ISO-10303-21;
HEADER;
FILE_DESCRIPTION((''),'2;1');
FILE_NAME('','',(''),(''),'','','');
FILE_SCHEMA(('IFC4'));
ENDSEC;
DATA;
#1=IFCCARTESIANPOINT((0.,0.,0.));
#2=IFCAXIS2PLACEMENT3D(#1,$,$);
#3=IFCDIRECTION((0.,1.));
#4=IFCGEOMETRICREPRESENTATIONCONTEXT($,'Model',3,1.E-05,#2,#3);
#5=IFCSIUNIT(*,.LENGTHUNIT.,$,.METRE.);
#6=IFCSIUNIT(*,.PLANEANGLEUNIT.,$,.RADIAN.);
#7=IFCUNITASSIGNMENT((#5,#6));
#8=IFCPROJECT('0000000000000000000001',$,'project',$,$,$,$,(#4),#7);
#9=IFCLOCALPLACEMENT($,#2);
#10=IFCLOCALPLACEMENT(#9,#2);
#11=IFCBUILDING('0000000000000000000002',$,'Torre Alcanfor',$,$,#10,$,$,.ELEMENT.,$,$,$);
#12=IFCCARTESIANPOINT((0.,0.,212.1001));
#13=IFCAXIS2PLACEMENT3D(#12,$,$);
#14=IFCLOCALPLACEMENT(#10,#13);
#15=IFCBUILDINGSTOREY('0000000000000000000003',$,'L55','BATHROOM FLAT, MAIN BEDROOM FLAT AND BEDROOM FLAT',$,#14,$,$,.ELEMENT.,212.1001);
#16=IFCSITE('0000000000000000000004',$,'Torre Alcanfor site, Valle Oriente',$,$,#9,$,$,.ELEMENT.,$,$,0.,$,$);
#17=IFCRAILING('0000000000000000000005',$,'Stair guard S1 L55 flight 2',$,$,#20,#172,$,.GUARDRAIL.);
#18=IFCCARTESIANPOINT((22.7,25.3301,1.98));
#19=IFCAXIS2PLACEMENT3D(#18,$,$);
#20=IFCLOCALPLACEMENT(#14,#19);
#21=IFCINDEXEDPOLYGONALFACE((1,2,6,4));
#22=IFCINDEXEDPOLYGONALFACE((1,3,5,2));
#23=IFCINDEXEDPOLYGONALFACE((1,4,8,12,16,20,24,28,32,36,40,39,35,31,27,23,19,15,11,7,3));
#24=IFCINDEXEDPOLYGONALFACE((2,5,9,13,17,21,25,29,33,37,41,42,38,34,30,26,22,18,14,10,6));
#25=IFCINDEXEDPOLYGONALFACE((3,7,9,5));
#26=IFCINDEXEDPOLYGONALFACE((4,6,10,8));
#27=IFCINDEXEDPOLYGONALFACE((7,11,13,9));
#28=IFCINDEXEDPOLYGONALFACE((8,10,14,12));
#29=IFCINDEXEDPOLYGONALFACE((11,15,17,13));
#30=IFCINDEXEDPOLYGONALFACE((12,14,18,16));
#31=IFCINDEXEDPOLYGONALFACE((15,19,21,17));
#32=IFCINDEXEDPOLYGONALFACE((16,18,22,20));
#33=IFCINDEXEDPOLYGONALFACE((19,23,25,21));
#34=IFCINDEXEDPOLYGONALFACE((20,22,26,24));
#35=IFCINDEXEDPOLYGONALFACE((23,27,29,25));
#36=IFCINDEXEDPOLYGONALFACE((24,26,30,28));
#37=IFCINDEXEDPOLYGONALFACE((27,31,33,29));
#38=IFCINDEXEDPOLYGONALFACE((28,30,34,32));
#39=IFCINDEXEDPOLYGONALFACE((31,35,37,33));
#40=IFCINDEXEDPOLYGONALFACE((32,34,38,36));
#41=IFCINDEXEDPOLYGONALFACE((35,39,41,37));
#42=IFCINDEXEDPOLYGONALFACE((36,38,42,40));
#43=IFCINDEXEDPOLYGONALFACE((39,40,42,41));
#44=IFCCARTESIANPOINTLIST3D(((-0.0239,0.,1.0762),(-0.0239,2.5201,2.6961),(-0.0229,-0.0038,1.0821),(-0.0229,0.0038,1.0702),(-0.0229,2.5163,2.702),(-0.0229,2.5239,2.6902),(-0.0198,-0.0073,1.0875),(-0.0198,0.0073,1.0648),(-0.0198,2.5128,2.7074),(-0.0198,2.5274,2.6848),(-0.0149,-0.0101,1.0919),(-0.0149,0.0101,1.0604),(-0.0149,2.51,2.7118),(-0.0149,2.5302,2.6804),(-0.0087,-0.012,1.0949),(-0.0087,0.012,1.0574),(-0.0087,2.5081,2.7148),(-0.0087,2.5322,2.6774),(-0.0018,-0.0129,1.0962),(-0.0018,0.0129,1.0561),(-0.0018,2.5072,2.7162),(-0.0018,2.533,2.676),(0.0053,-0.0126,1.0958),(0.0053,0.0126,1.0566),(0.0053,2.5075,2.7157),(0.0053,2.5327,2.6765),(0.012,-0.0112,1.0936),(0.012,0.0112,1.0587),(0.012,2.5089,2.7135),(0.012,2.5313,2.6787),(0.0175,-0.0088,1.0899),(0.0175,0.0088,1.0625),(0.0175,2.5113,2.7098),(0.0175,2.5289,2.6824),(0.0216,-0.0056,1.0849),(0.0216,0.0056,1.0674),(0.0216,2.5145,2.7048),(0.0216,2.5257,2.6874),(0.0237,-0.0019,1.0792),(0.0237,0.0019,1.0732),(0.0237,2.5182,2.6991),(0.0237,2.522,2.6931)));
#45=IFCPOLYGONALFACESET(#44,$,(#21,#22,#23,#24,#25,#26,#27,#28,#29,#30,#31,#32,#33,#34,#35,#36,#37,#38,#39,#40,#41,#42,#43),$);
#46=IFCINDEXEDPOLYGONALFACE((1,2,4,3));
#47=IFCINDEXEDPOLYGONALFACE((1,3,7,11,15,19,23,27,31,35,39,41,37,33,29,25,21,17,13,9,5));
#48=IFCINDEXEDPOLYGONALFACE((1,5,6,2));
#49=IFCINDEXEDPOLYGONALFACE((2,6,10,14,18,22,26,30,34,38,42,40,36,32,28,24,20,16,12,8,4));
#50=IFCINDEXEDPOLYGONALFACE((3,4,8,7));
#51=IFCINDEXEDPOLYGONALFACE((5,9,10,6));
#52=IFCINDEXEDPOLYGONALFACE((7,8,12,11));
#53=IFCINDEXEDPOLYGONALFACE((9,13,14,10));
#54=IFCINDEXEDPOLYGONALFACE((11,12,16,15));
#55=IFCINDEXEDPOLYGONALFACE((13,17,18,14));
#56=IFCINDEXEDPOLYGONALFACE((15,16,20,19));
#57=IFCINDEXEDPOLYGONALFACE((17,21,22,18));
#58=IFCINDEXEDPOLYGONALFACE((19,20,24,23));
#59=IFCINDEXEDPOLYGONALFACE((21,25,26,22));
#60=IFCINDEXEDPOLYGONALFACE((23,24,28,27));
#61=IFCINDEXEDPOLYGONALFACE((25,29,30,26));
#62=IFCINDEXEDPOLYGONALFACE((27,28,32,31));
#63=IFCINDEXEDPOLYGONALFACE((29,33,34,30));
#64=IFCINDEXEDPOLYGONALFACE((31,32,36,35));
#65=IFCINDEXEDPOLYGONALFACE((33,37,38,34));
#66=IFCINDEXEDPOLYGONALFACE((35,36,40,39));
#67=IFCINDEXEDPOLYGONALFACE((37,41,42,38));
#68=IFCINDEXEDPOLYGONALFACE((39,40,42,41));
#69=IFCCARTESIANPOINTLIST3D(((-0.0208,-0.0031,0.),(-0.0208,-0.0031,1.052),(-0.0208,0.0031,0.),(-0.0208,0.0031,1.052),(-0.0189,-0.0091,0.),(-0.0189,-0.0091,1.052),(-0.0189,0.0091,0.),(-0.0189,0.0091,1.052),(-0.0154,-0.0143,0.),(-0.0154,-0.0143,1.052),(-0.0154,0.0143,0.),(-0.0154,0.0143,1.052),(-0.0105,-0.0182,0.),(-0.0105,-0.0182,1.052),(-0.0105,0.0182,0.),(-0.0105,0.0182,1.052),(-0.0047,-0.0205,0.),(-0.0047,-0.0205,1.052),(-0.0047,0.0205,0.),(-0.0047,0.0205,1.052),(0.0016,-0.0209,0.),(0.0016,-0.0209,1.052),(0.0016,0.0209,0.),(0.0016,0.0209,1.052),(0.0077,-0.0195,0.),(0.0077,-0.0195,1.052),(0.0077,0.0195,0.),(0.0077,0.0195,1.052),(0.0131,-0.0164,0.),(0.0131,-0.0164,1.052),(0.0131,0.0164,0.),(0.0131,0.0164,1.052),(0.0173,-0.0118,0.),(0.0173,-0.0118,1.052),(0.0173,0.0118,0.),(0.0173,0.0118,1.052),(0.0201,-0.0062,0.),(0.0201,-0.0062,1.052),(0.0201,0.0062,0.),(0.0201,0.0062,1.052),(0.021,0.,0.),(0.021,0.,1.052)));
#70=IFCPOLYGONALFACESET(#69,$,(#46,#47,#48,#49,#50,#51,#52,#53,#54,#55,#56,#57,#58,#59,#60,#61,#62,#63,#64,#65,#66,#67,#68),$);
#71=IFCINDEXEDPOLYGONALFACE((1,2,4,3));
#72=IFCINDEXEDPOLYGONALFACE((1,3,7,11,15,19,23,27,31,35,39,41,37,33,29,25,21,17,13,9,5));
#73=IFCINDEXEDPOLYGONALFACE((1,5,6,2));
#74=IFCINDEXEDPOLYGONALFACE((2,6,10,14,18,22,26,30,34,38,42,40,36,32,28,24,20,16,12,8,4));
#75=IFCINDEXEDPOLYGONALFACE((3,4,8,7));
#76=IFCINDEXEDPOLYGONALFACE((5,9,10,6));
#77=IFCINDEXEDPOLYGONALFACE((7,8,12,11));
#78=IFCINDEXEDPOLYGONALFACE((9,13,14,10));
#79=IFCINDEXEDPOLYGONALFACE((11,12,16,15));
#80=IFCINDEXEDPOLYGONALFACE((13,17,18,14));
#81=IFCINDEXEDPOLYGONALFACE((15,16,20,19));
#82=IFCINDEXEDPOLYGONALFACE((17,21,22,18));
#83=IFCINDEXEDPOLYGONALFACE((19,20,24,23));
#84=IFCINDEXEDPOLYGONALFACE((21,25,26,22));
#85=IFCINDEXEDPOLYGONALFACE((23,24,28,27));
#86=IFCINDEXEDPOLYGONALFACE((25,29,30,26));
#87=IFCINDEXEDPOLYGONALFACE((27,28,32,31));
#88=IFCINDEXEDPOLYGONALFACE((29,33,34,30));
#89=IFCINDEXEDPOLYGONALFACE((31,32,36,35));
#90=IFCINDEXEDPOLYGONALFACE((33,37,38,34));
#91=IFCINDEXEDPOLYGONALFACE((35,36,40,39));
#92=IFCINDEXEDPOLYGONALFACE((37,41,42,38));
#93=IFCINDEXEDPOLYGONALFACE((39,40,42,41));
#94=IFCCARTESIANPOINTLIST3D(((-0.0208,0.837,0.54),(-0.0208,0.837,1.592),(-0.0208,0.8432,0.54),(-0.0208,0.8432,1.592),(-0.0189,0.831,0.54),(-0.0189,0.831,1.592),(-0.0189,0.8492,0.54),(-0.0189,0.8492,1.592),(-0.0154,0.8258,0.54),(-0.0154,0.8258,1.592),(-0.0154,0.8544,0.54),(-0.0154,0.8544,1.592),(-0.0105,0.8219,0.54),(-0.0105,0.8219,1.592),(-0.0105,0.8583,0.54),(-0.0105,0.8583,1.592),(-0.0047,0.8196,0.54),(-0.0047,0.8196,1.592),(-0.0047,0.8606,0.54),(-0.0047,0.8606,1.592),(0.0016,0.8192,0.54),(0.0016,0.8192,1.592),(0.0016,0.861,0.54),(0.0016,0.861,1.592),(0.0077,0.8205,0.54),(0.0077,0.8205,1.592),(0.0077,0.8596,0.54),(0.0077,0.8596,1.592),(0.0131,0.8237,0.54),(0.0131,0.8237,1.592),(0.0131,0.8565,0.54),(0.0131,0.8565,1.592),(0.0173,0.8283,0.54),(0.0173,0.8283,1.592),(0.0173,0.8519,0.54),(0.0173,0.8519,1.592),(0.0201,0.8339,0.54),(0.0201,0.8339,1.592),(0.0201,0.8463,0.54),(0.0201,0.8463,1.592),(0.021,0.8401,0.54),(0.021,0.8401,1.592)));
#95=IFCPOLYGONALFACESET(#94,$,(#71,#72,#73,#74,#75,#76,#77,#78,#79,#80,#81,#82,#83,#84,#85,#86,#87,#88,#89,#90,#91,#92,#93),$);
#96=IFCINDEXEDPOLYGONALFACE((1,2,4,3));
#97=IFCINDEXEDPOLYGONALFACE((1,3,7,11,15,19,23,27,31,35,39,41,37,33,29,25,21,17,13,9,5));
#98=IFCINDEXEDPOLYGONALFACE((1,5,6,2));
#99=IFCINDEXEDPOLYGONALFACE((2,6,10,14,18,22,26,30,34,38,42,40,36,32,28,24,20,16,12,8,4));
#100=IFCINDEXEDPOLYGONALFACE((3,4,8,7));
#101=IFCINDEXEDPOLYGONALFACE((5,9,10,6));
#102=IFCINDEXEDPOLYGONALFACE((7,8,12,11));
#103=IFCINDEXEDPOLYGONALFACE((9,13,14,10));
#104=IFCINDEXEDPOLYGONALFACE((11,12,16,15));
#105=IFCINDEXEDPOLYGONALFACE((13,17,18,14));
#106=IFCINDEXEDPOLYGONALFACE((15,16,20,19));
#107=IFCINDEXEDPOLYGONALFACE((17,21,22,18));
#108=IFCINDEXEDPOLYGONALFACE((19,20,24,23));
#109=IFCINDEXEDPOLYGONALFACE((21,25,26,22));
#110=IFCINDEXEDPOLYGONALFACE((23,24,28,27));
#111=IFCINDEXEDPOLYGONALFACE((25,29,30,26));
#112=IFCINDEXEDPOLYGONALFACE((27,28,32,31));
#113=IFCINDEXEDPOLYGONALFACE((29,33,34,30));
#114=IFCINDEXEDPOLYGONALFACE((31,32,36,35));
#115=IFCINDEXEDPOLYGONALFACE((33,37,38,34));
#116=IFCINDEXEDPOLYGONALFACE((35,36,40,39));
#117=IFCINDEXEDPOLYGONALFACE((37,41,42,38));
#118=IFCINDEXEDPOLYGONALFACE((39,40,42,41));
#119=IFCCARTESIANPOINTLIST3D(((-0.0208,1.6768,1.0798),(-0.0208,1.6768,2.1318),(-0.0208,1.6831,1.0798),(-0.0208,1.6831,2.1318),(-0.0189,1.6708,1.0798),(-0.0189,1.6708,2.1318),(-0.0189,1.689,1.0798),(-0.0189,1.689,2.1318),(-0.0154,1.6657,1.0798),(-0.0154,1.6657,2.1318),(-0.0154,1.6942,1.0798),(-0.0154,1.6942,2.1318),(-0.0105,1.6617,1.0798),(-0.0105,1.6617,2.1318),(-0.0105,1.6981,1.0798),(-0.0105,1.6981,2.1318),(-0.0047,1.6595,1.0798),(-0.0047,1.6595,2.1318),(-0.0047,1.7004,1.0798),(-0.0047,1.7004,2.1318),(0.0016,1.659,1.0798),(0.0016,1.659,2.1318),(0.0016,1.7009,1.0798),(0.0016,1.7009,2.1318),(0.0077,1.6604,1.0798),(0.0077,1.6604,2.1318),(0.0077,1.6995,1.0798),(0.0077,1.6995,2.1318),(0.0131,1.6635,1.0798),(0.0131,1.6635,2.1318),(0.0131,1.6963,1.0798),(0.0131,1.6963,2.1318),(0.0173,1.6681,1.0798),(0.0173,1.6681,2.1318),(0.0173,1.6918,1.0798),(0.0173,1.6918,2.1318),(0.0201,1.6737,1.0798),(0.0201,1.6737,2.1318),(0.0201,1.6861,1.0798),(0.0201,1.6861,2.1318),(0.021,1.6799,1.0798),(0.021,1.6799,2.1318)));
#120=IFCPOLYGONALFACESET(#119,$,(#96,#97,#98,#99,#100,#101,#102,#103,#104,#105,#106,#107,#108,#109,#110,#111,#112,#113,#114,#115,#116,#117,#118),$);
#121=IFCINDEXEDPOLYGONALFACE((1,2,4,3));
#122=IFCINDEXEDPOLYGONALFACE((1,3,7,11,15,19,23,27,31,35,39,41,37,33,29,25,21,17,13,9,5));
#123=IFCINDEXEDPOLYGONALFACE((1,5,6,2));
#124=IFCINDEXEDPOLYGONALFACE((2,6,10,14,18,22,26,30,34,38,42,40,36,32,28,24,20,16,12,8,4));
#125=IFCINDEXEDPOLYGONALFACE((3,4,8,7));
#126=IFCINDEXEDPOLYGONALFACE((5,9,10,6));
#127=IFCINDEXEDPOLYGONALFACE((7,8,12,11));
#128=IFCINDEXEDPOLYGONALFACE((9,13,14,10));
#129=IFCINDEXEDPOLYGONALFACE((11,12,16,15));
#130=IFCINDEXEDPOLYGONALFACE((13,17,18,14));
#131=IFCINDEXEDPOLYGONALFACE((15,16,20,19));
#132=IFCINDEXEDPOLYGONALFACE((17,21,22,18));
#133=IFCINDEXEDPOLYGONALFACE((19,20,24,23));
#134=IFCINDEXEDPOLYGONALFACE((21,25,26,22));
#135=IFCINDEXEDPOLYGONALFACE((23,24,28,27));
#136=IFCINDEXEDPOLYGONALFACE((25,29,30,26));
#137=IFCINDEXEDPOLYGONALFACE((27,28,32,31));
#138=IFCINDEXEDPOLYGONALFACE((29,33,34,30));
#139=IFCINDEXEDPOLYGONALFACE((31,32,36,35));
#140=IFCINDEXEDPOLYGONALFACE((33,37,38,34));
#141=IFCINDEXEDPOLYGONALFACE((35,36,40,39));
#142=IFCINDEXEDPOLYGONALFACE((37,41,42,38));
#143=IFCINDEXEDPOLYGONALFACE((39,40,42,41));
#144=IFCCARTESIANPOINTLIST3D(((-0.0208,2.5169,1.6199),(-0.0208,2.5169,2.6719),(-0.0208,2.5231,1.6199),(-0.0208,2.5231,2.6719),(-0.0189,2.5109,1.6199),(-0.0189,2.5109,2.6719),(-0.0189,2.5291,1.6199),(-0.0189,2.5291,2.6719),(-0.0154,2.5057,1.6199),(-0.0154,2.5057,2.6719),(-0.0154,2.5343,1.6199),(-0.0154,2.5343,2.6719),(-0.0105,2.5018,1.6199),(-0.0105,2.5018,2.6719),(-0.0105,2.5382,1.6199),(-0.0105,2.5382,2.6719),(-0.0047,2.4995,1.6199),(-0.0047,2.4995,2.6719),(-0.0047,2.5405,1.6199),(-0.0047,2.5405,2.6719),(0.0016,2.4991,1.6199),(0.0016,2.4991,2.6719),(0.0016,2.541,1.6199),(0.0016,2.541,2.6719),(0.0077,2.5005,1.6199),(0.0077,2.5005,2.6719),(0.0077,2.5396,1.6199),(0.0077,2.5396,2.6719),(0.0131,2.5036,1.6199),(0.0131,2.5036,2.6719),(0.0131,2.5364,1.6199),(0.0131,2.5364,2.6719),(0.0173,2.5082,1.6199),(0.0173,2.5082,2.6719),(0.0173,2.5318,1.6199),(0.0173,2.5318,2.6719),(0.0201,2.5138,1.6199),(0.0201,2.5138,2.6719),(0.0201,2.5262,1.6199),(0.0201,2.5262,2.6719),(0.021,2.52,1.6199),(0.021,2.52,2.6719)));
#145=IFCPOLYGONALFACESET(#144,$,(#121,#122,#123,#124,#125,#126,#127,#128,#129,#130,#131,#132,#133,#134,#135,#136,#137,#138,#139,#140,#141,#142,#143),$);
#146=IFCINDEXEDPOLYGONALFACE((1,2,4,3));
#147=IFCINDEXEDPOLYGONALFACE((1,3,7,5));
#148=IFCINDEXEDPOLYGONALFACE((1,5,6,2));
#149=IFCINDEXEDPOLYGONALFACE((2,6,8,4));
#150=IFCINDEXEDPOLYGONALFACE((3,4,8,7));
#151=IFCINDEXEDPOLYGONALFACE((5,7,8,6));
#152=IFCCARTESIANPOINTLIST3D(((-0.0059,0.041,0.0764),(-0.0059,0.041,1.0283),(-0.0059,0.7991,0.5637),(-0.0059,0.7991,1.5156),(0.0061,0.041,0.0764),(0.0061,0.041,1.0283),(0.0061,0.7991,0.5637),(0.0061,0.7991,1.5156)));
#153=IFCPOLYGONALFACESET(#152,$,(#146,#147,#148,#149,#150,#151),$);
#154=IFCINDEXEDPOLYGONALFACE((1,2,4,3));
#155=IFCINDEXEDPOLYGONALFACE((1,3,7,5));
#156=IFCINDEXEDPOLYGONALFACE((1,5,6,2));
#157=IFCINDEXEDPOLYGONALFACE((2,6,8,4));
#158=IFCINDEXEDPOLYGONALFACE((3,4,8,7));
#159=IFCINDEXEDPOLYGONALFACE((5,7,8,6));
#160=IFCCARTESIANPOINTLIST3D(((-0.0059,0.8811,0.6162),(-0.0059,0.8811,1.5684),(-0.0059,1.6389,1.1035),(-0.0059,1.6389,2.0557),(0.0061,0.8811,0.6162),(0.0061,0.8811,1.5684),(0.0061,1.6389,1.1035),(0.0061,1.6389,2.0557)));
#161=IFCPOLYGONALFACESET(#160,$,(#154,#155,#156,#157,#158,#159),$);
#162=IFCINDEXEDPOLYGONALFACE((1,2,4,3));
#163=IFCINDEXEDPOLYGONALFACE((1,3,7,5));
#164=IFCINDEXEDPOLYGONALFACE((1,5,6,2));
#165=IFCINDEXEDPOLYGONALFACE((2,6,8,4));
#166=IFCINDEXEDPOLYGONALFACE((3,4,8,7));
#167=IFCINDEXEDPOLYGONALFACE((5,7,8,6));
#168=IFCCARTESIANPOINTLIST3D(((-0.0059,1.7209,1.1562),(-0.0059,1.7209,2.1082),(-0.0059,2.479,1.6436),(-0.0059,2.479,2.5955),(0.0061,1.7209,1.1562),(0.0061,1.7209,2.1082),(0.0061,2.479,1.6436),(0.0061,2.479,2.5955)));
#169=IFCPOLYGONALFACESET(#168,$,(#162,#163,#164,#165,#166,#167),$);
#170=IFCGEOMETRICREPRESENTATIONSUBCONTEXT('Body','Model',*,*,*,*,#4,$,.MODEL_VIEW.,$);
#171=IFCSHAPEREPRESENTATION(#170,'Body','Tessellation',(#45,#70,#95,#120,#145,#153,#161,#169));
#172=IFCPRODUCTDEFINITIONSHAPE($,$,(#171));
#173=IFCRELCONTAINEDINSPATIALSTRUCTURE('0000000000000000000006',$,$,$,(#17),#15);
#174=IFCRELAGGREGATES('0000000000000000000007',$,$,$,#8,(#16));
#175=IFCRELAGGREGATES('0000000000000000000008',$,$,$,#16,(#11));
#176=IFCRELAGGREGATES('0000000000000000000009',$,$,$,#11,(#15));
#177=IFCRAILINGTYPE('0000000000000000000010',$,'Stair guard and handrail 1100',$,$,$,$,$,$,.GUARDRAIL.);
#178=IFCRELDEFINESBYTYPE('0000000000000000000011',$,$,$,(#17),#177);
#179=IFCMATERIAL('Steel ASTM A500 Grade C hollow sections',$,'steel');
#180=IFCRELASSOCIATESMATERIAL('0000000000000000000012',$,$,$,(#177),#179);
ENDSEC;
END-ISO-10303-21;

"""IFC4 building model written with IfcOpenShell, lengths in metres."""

from ifc_helpers import new_model, si_unit, direction, frame, origin, origin_2d, place, context, subcontext, project, spatial, polyline, circle, outline, extrude, material, type_object, element, save


model = new_model("IFC4")

# Units and contexts
model_context = context("Model", 3, precision=1e-05, world=origin(), true_north=direction((0.0, 1.0)))
body_context = subcontext(model_context, "Body", "Model", "MODEL_VIEW")
ifc_project = project(units=[si_unit("LENGTHUNIT", "METRE"), si_unit("PLANEANGLEUNIT", "RADIAN")], contexts=[model_context])

# Site, building, storey
site_placement = place(None, origin())
site = spatial("IfcSite", under=ifc_project, at=site_placement, Name="Torre Alcanfor site, Valle Oriente", CompositionType="ELEMENT", RefElevation=0.0)
building_placement = place(site_placement, origin())
building = spatial("IfcBuilding", under=site, at=building_placement, Name="Torre Alcanfor", CompositionType="ELEMENT")
storey_placement = place(building_placement, frame((0.0, 0.0, 212.1001)))
storey = spatial("IfcBuildingStorey", under=building, at=storey_placement, Name="L55", Description="BATHROOM FLAT, MAIN BEDROOM FLAT AND BEDROOM FLAT", CompositionType="ELEMENT", Elevation=212.1001)

# Railing
ifc_material_1 = material(Name="Steel ASTM A500 Grade C hollow sections", Category="steel")
railing_type_1 = type_object("IfcRailingType", Name="Stair guard and handrail 1100", PredefinedType="GUARDRAIL", material=ifc_material_1)
railing_1_placement = place(storey_placement, frame((22.7, 25.3301, 1.98)))
element("IfcRailing", 1, at=railing_1_placement, inside=storey, type_object=railing_type_1, Name="Stair guard S1 L55 flight 2", PredefinedType="GUARDRAIL", context=body_context, shape_type="SweptSolid", body=[
    extrude(circle(Radius=0.0239, at=origin_2d()), frame((0.0, 0.0, 1.0762), z_axis=(0.0, 0.8412, 0.540725), x_axis=(-1.0, 0.0, 0.0)), (0.0, 0.0, 1.0), 2.9958),
    extrude(circle(Radius=0.021, at=origin_2d()), origin(), (0.0, 0.0, 1.0), 1.052),
    extrude(circle(Radius=0.021, at=origin_2d()), frame((0.0, 0.8401, 0.54)), (0.0, 0.0, 1.0), 1.052),
    extrude(circle(Radius=0.021, at=origin_2d()), frame((0.0, 1.6799, 1.0798)), (0.0, 0.0, 1.0), 1.052),
    extrude(circle(Radius=0.021, at=origin_2d()), frame((0.0, 2.52, 1.6199)), (0.0, 0.0, 1.0), 1.052),
    extrude(outline(polyline([(0.041, 0.0764), (0.7991, 0.5637), (0.7991, 1.5156), (0.041, 1.0283), (0.041, 0.0764)])), frame((-0.0059, 0.0, 0.0), z_axis=(1.0, 0.0, 0.0), x_axis=(0.0, 1.0, 0.0)), (0.0, 0.0, 1.0), 0.012),
    extrude(outline(polyline([(0.8811, 0.6162), (1.6389, 1.1035), (1.6389, 2.0557), (0.8811, 1.5684), (0.8811, 0.6162)])), frame((-0.0059, 0.0, 0.0), z_axis=(1.0, 0.0, 0.0), x_axis=(0.0, 1.0, 0.0)), (0.0, 0.0, 1.0), 0.012),
    extrude(outline(polyline([(1.7209, 1.1562), (2.479, 1.6436), (2.479, 2.5955), (1.7209, 2.1082), (1.7209, 1.1562)])), frame((-0.0059, 0.0, 0.0), z_axis=(1.0, 0.0, 0.0), x_axis=(0.0, 1.0, 0.0)), (0.0, 0.0, 1.0), 0.012),
])

save(model, "model.ifc")
